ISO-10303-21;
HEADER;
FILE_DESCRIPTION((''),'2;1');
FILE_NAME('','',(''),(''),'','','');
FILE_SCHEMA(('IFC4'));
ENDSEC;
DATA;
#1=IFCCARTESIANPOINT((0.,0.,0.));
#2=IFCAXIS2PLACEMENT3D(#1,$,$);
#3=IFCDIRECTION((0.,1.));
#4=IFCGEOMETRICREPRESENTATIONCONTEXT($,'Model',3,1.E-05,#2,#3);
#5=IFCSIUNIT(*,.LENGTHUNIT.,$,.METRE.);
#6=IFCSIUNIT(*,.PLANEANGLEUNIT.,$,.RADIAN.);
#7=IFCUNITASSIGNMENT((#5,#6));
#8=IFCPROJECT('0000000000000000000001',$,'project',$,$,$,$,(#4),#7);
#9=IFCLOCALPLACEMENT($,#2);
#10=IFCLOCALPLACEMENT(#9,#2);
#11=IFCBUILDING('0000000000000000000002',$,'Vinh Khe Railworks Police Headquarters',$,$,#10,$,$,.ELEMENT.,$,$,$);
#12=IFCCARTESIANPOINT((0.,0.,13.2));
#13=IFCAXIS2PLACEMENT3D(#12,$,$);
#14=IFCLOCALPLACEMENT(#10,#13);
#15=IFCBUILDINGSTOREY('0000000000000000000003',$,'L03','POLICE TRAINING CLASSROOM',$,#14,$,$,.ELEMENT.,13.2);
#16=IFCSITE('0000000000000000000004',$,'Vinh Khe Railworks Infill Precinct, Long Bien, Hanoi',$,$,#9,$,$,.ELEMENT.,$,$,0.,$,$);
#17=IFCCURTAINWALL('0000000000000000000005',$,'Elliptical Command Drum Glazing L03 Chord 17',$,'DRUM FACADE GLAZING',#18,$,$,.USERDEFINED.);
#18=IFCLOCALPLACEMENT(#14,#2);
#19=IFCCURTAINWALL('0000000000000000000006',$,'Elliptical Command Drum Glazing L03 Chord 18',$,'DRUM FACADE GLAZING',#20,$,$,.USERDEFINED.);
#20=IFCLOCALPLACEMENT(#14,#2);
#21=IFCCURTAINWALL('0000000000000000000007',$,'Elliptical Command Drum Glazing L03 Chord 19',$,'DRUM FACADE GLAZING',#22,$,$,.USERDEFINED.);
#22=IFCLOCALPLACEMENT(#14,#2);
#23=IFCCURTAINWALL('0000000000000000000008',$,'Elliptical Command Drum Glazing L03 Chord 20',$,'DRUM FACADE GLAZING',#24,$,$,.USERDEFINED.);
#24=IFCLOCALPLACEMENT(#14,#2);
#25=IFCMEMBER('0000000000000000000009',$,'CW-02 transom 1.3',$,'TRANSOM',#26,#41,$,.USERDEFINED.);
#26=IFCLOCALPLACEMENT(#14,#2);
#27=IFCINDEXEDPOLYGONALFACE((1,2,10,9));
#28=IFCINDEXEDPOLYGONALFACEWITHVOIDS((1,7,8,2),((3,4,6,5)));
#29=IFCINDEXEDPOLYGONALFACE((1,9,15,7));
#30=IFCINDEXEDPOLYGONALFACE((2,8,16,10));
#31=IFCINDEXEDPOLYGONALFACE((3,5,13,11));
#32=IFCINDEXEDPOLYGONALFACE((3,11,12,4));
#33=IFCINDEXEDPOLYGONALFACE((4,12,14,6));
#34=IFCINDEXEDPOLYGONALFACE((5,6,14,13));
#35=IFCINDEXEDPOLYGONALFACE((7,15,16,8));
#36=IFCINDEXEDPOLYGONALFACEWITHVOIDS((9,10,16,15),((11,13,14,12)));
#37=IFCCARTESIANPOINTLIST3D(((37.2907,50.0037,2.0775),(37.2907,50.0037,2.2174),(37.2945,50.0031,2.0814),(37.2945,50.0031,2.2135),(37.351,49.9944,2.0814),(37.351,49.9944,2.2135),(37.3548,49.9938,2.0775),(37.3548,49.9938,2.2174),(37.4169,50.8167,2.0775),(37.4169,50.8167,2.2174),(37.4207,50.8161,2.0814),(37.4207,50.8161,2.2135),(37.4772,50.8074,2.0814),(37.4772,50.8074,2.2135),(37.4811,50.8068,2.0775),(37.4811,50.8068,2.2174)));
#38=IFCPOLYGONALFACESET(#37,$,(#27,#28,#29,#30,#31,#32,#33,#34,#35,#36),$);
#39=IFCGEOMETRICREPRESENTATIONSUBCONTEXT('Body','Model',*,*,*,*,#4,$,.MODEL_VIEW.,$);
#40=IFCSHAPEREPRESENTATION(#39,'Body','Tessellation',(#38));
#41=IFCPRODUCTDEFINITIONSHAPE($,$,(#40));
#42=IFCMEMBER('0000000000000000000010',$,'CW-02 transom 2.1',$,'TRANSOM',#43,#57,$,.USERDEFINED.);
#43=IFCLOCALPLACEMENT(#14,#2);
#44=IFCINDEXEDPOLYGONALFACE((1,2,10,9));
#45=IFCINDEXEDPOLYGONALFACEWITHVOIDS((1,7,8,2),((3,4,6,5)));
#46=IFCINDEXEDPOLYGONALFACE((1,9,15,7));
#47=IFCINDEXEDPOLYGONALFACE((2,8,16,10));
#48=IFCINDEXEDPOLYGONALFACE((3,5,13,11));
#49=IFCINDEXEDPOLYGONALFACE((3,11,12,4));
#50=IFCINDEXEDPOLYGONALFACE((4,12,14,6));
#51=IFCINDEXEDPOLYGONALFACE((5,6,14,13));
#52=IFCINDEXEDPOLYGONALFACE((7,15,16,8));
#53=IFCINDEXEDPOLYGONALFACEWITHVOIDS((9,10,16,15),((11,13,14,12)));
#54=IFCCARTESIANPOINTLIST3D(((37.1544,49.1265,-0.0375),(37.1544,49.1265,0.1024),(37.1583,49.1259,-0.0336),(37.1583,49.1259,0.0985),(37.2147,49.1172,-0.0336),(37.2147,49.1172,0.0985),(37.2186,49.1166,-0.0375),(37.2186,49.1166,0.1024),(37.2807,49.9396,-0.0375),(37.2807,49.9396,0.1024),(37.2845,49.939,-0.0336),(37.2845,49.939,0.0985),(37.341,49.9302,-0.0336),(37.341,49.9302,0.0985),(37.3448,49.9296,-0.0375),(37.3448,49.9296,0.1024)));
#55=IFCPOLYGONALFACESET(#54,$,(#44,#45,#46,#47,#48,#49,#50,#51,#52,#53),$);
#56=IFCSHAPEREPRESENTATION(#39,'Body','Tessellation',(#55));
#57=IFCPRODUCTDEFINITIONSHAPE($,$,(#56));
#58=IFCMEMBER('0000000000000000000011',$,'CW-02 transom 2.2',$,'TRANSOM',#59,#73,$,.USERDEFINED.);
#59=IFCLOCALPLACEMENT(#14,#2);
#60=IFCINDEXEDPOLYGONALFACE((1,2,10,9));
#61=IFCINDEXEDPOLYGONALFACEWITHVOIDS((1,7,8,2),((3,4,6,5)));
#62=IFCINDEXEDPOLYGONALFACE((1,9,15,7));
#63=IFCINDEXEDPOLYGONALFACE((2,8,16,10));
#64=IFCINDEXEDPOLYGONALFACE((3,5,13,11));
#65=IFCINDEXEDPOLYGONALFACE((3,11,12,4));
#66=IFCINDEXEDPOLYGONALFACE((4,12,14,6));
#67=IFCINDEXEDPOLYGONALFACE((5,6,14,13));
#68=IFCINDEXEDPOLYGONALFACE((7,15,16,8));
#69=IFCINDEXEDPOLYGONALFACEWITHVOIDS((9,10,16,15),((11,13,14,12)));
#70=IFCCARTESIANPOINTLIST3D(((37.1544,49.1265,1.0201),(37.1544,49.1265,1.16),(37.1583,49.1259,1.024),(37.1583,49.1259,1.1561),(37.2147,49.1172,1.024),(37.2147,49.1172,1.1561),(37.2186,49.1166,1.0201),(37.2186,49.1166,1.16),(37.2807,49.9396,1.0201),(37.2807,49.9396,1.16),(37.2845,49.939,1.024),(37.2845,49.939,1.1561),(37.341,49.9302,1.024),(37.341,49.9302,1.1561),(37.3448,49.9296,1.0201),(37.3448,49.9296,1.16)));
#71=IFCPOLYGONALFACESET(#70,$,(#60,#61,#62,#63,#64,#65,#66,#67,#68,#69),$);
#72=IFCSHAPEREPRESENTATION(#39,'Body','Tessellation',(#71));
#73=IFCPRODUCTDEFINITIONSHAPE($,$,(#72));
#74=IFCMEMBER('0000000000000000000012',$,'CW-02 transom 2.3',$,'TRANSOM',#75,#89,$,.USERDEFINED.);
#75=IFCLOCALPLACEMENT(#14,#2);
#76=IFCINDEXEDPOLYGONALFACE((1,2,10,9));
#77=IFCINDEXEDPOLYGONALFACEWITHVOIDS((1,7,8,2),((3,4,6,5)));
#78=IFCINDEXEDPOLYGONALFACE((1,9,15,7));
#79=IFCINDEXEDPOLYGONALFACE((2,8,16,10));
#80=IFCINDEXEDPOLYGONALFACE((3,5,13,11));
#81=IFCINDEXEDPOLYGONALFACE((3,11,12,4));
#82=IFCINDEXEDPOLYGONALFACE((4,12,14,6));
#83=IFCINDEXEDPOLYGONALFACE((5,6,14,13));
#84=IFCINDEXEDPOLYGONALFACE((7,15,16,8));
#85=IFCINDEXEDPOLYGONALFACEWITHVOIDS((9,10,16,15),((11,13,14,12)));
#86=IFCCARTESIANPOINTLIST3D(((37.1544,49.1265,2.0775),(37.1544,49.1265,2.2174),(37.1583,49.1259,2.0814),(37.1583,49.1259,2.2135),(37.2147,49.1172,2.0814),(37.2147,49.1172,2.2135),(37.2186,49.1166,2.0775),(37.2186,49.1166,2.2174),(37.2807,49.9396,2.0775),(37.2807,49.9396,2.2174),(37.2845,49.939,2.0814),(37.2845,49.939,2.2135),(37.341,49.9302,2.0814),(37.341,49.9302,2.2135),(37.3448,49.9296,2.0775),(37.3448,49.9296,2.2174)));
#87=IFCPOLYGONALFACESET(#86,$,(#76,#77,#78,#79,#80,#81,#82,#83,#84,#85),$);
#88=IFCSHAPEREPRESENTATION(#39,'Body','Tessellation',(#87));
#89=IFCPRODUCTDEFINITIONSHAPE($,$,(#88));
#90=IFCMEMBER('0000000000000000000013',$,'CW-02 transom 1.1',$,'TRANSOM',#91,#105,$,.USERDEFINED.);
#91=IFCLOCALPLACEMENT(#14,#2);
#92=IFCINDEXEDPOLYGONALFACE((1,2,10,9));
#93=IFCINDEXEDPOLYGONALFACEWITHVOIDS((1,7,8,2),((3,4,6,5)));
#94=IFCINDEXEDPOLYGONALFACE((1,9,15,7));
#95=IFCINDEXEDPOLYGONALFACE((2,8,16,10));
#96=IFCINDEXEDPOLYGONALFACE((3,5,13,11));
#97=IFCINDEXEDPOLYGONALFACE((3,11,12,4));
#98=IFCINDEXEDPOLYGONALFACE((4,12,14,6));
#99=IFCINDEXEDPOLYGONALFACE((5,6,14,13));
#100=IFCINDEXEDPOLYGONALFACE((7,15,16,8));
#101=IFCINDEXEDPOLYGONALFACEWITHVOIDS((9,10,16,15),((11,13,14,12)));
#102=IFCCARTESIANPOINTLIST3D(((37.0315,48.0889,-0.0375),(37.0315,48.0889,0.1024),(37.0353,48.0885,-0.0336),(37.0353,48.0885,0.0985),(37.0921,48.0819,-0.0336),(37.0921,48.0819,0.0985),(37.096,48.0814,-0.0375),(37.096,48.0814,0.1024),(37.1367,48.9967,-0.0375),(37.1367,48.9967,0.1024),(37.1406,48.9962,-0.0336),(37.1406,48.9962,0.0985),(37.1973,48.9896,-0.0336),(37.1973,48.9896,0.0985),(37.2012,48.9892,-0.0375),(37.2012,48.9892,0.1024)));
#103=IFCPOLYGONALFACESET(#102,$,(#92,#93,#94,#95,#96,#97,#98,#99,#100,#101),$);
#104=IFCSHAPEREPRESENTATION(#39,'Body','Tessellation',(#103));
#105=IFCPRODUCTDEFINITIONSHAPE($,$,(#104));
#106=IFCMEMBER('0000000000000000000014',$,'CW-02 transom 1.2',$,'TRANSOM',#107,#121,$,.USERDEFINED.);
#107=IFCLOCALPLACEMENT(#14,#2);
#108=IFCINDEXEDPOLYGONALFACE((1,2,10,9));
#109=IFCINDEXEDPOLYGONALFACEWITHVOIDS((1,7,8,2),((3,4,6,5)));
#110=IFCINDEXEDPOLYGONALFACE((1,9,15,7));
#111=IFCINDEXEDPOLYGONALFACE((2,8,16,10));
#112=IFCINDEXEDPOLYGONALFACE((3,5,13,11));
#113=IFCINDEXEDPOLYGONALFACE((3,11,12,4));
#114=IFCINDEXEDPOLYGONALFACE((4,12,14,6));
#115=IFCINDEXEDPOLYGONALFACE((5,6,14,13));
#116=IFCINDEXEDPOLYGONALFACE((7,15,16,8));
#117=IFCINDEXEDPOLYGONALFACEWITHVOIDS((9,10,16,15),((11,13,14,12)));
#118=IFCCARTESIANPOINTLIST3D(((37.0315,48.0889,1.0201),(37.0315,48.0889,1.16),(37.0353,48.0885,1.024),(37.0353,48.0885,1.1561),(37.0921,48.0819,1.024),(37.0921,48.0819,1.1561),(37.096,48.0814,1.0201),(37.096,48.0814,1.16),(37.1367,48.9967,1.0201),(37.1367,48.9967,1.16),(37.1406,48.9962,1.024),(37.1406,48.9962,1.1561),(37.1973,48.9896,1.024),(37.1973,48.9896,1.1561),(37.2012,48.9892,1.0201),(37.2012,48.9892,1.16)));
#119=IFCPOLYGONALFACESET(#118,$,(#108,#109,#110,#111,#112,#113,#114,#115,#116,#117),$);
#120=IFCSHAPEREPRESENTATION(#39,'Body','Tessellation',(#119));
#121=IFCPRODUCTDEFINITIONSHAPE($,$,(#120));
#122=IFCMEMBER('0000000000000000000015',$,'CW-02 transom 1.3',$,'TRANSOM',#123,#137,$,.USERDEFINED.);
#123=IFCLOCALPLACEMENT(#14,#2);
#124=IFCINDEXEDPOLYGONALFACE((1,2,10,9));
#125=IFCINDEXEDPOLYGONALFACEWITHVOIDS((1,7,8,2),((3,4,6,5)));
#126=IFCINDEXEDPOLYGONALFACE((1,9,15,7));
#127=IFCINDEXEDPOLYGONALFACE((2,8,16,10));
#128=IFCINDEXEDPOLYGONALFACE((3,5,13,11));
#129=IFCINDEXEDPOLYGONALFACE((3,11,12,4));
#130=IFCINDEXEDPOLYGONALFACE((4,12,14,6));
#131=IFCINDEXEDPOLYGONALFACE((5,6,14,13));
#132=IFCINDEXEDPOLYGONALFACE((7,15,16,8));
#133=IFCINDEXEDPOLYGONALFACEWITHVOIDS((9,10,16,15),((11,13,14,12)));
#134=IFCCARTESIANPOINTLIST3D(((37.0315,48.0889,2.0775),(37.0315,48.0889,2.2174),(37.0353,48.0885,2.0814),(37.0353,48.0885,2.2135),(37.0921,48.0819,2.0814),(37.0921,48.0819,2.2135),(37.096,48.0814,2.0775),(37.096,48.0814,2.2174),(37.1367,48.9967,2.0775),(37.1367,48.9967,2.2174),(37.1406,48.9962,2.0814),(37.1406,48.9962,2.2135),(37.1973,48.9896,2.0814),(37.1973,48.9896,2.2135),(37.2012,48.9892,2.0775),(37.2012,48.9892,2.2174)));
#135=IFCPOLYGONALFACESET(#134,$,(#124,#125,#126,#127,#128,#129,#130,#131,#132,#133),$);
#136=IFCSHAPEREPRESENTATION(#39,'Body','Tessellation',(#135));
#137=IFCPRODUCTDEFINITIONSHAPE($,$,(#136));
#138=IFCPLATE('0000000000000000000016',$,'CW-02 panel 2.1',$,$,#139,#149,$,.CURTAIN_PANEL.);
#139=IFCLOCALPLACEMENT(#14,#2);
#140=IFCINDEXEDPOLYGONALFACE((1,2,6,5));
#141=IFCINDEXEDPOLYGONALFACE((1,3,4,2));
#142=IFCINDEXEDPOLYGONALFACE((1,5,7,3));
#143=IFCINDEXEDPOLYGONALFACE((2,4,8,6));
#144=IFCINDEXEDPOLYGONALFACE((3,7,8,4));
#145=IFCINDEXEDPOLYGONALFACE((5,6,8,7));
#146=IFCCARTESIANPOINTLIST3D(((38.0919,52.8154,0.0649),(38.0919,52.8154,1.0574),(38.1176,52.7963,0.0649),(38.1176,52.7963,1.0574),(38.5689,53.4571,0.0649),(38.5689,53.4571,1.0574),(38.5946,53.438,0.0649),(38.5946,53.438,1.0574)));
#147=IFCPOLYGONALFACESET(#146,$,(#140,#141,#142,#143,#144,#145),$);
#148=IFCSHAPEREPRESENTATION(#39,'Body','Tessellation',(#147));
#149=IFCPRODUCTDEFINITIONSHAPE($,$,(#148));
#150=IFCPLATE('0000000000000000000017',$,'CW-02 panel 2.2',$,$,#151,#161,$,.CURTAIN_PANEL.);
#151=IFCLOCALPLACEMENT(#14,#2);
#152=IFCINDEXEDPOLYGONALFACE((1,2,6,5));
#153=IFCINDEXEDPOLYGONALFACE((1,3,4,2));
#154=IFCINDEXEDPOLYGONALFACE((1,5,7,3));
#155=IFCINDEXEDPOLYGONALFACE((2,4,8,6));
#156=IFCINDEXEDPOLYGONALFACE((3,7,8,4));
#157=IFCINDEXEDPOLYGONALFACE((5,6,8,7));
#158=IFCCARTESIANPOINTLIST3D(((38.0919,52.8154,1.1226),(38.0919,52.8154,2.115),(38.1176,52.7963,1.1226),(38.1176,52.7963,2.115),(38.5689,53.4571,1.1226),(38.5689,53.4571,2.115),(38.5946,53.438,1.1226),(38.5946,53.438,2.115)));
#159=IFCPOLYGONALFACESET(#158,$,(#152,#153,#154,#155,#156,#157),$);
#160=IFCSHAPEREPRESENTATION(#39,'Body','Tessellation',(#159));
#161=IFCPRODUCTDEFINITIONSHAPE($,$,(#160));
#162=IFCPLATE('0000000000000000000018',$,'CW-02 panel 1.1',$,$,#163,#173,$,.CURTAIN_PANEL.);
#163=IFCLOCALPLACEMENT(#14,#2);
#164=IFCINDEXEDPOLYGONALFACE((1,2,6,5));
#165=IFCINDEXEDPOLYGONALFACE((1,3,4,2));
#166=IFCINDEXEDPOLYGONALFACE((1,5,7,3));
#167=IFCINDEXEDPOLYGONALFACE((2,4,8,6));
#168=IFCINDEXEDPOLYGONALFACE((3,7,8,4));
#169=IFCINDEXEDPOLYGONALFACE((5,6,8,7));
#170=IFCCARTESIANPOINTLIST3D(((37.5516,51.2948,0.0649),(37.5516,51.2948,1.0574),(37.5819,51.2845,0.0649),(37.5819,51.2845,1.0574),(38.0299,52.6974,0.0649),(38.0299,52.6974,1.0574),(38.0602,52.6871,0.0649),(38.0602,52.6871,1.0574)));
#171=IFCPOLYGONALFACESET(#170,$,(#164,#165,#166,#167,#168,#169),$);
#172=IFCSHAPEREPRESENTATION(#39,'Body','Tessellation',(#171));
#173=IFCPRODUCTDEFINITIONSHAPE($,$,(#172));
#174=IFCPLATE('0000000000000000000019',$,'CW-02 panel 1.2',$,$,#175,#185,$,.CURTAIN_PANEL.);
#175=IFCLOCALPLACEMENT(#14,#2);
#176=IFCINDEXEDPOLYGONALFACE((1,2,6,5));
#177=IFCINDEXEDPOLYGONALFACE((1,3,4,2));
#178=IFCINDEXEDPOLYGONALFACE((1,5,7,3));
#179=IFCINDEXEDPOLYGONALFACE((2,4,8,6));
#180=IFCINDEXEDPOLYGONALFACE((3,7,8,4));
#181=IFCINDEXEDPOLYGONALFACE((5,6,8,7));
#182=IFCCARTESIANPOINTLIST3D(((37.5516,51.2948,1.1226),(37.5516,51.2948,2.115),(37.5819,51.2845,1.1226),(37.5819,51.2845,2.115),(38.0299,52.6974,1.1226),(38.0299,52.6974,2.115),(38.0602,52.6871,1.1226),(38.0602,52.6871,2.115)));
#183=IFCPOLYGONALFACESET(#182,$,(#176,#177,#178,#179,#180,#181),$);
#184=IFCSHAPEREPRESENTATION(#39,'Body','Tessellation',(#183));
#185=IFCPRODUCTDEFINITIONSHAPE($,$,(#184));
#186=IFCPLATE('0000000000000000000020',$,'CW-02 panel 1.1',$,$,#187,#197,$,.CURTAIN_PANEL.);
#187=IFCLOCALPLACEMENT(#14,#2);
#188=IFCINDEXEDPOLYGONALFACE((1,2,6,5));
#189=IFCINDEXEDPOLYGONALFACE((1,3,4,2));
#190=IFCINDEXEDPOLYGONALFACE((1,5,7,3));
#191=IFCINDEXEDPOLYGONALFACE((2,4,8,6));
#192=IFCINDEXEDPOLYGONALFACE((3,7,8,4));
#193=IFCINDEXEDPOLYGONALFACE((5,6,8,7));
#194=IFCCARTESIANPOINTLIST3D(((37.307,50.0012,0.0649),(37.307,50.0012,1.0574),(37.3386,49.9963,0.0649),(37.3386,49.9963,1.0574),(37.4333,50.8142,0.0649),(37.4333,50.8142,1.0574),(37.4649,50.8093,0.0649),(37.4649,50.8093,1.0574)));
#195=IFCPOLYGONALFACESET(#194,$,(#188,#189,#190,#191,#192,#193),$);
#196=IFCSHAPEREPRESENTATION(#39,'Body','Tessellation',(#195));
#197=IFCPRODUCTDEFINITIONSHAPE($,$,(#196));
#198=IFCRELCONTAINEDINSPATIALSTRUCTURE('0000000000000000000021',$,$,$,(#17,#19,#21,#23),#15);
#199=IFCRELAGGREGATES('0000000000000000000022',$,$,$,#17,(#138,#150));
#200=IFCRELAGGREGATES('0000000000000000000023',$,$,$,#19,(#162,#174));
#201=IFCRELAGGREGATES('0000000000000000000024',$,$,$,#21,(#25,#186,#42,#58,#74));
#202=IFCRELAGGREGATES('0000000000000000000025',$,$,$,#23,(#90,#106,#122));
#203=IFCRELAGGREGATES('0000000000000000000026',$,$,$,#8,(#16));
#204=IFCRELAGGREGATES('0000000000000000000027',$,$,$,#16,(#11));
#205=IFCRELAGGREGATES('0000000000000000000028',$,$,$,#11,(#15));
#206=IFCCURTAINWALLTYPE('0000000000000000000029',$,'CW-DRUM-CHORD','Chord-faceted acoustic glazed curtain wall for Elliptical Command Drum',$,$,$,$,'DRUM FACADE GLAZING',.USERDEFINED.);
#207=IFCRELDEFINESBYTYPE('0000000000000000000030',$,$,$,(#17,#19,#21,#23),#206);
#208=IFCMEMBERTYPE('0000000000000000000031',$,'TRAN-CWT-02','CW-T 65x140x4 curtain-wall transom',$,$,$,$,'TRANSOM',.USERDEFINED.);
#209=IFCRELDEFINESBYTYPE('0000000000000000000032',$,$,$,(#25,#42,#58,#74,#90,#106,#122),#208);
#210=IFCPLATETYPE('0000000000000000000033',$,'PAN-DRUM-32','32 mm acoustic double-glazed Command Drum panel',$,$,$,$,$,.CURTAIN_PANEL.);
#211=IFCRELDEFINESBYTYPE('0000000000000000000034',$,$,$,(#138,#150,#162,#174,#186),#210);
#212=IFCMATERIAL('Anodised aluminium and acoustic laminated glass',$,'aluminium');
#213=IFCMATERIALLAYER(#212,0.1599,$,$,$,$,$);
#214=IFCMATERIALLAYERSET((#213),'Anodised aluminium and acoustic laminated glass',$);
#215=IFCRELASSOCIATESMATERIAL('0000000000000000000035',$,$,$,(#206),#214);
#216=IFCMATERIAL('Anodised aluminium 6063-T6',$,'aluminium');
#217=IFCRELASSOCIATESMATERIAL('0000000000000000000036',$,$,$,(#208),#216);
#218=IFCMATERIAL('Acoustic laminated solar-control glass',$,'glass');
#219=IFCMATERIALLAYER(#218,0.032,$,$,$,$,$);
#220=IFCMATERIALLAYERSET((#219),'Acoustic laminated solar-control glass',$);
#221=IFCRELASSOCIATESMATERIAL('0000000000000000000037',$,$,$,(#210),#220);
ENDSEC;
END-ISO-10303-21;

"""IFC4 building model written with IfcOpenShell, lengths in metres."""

from ifc_helpers import new_model, si_unit, direction, frame, origin, origin_2d, place, context, subcontext, project, spatial, rectangle, hollow_rectangle, extrude, material, layer, layer_set, material_profile, profile_set, type_object, element, aggregate, save


model = new_model("IFC4")

# Units and contexts
model_context = context("Model", 3, precision=1e-05, world=origin(), true_north=direction((0.0, 1.0)))
body_context = subcontext(model_context, "Body", "Model", "MODEL_VIEW")
ifc_project = project(units=[si_unit("LENGTHUNIT", "METRE"), si_unit("PLANEANGLEUNIT", "RADIAN")], contexts=[model_context])

# Site, building, storey
site_placement = place(None, origin())
site = spatial("IfcSite", under=ifc_project, at=site_placement, Name="Vinh Khe Railworks Infill Precinct, Long Bien, Hanoi", CompositionType="ELEMENT", RefElevation=0.0)
building_placement = place(site_placement, origin())
building = spatial("IfcBuilding", under=site, at=building_placement, Name="Vinh Khe Railworks Police Headquarters", CompositionType="ELEMENT")
storey_placement = place(building_placement, frame((0.0, 0.0, 13.2)))
storey = spatial("IfcBuildingStorey", under=building, at=storey_placement, Name="L03", Description="POLICE TRAINING CLASSROOM", CompositionType="ELEMENT", Elevation=13.2)

# Curtain wall
ifc_material_1 = material(Name="Anodised aluminium and acoustic laminated glass", Category="aluminium")
ifc_layer_1 = layer(ifc_material_1, 0.1599)
ifc_layer_set_1 = layer_set([ifc_layer_1], Name="Anodised aluminium and acoustic laminated glass")
curtain_wall_type = type_object("IfcCurtainWallType", Name="CW-DRUM-CHORD", Description="Chord-faceted acoustic glazed curtain wall for Elliptical Command Drum", ElementType="DRUM FACADE GLAZING", PredefinedType="USERDEFINED", material=ifc_layer_set_1)
curtain_wall_1_placement = place(storey_placement, origin())
curtain_wall_1 = element("IfcCurtainWall", 1, at=curtain_wall_1_placement, inside=storey, type_object=curtain_wall_type, Name="Elliptical Command Drum Glazing L03 Chord 17", ObjectType="DRUM FACADE GLAZING", PredefinedType="USERDEFINED")
ifc_material_2 = material(Name="Anodised aluminium 6063-T6", Category="aluminium")

# Curtain walls
curtain_wall_2_placement = place(storey_placement, origin())
curtain_wall_2 = element("IfcCurtainWall", 2, at=curtain_wall_2_placement, inside=storey, type_object=curtain_wall_type, Name="Elliptical Command Drum Glazing L03 Chord 18", ObjectType="DRUM FACADE GLAZING", PredefinedType="USERDEFINED")
curtain_wall_3_placement = place(storey_placement, origin())
curtain_wall_3 = element("IfcCurtainWall", 3, at=curtain_wall_3_placement, inside=storey, type_object=curtain_wall_type, Name="Elliptical Command Drum Glazing L03 Chord 19", ObjectType="DRUM FACADE GLAZING", PredefinedType="USERDEFINED")

# Curtain wall
curtain_wall_4_placement = place(storey_placement, origin())
curtain_wall_4 = element("IfcCurtainWall", 4, at=curtain_wall_4_placement, inside=storey, type_object=curtain_wall_type, Name="Elliptical Command Drum Glazing L03 Chord 20", ObjectType="DRUM FACADE GLAZING", PredefinedType="USERDEFINED")

# Members
ifc_material_profile_1 = material_profile(ifc_material_2, hollow_rectangle(XDim=0.0649, YDim=0.1399, WallThickness=0.0039, at=origin_2d()), Name="CW-T 65x140x4")
ifc_profile_set_1 = profile_set([ifc_material_profile_1], Name="Anodised aluminium 6063-T6")
member_type_1 = type_object("IfcMemberType", Name="TRAN-CWT-02", Description="CW-T 65x140x4 curtain-wall transom", ElementType="TRANSOM", PredefinedType="USERDEFINED", material=ifc_profile_set_1)
member_1_placement = place(storey_placement, frame((37.449, 50.8118, 2.1475), z_axis=(-0.153417, -0.988161, 0.0), x_axis=(0.988161, -0.153417, 0.0)))
member_1 = element("IfcMember", 5, at=member_1_placement, type_object=member_type_1, Name="CW-02 transom 1.3", ObjectType="TRANSOM", PredefinedType="USERDEFINED", context=body_context, shape_type="SweptSolid", body=[
    extrude(hollow_rectangle(XDim=0.0649, YDim=0.1399, WallThickness=0.0039, at=origin_2d()), origin(), (0.0, 0.0, 1.0), 0.8228),
])
member_2_placement = place(storey_placement, frame((37.3127, 49.9346, 0.0325), z_axis=(-0.153417, -0.988161, 0.0), x_axis=(0.988161, -0.153417, 0.0)))
member_2 = element("IfcMember", 6, at=member_2_placement, type_object=member_type_1, Name="CW-02 transom 2.1", ObjectType="TRANSOM", PredefinedType="USERDEFINED", context=body_context, shape_type="SweptSolid", body=[
    extrude(hollow_rectangle(XDim=0.0649, YDim=0.1399, WallThickness=0.0039, at=origin_2d()), origin(), (0.0, 0.0, 1.0), 0.8228),
])
member_3_placement = place(storey_placement, frame((37.3127, 49.9346, 1.0901), z_axis=(-0.153417, -0.988161, 0.0), x_axis=(0.988161, -0.153417, 0.0)))
member_3 = element("IfcMember", 7, at=member_3_placement, type_object=member_type_1, Name="CW-02 transom 2.2", ObjectType="TRANSOM", PredefinedType="USERDEFINED", context=body_context, shape_type="SweptSolid", body=[
    extrude(hollow_rectangle(XDim=0.0649, YDim=0.1399, WallThickness=0.0039, at=origin_2d()), origin(), (0.0, 0.0, 1.0), 0.8228),
])
member_4_placement = place(storey_placement, frame((37.3127, 49.9346, 2.1475), z_axis=(-0.153417, -0.988161, 0.0), x_axis=(0.988161, -0.153417, 0.0)))
member_4 = element("IfcMember", 8, at=member_4_placement, type_object=member_type_1, Name="CW-02 transom 2.3", ObjectType="TRANSOM", PredefinedType="USERDEFINED", context=body_context, shape_type="SweptSolid", body=[
    extrude(hollow_rectangle(XDim=0.0649, YDim=0.1399, WallThickness=0.0039, at=origin_2d()), origin(), (0.0, 0.0, 1.0), 0.8228),
])
member_5_placement = place(storey_placement, frame((37.1689, 48.9929, 0.0325), z_axis=(-0.115151, -0.993348, 0.0), x_axis=(0.993348, -0.115151, 0.0)))
member_5 = element("IfcMember", 9, at=member_5_placement, type_object=member_type_1, Name="CW-02 transom 1.1", ObjectType="TRANSOM", PredefinedType="USERDEFINED", context=body_context, shape_type="SweptSolid", body=[
    extrude(hollow_rectangle(XDim=0.0649, YDim=0.1399, WallThickness=0.0039, at=origin_2d()), origin(), (0.0, 0.0, 1.0), 0.9138),
])
member_6_placement = place(storey_placement, frame((37.1689, 48.9929, 1.0901), z_axis=(-0.115151, -0.993348, 0.0), x_axis=(0.993348, -0.115151, 0.0)))
member_6 = element("IfcMember", 10, at=member_6_placement, type_object=member_type_1, Name="CW-02 transom 1.2", ObjectType="TRANSOM", PredefinedType="USERDEFINED", context=body_context, shape_type="SweptSolid", body=[
    extrude(hollow_rectangle(XDim=0.0649, YDim=0.1399, WallThickness=0.0039, at=origin_2d()), origin(), (0.0, 0.0, 1.0), 0.9138),
])
member_7_placement = place(storey_placement, frame((37.1689, 48.9929, 2.1475), z_axis=(-0.115151, -0.993348, 0.0), x_axis=(0.993348, -0.115151, 0.0)))
member_7 = element("IfcMember", 11, at=member_7_placement, type_object=member_type_1, Name="CW-02 transom 1.3", ObjectType="TRANSOM", PredefinedType="USERDEFINED", context=body_context, shape_type="SweptSolid", body=[
    extrude(hollow_rectangle(XDim=0.0649, YDim=0.1399, WallThickness=0.0039, at=origin_2d()), origin(), (0.0, 0.0, 1.0), 0.9138),
])

# Plates
ifc_material_3 = material(Name="Acoustic laminated solar-control glass", Category="glass")
ifc_layer_2 = layer(ifc_material_3, 0.032)
ifc_layer_set_2 = layer_set([ifc_layer_2], Name="Acoustic laminated solar-control glass")
plate_type_1 = type_object("IfcPlateType", Name="PAN-DRUM-32", Description="32 mm acoustic double-glazed Command Drum panel", PredefinedType="CURTAIN_PANEL", material=ifc_layer_set_2)
plate_1_placement = place(storey_placement, frame((38.3433, 53.1267, 0.0649), z_axis=(0.0, 0.0, 1.0), x_axis=(-0.596528, -0.802592, 0.0)))
plate_1 = element("IfcPlate", 12, at=plate_1_placement, type_object=plate_type_1, Name="CW-02 panel 2.1", PredefinedType="CURTAIN_PANEL", context=body_context, shape_type="SweptSolid", body=[
    extrude(rectangle(XDim=0.7996, YDim=0.032, at=origin_2d()), origin(), (0.0, 0.0, 1.0), 0.9924),
])
plate_2_placement = place(storey_placement, frame((38.3433, 53.1267, 1.1226), z_axis=(0.0, 0.0, 1.0), x_axis=(-0.596528, -0.802592, 0.0)))
plate_2 = element("IfcPlate", 13, at=plate_2_placement, type_object=plate_type_1, Name="CW-02 panel 2.2", PredefinedType="CURTAIN_PANEL", context=body_context, shape_type="SweptSolid", body=[
    extrude(rectangle(XDim=0.7996, YDim=0.032, at=origin_2d()), origin(), (0.0, 0.0, 1.0), 0.9924),
])
aggregate(curtain_wall_1, [plate_1, plate_2])
plate_3_placement = place(storey_placement, frame((37.8059, 51.991, 0.0649), z_axis=(0.0, 0.0, 1.0), x_axis=(-0.322749, -0.946485, 0.0)))
plate_3 = element("IfcPlate", 14, at=plate_3_placement, type_object=plate_type_1, Name="CW-02 panel 1.1", PredefinedType="CURTAIN_PANEL", context=body_context, shape_type="SweptSolid", body=[
    extrude(rectangle(XDim=1.4819, YDim=0.032, at=origin_2d()), origin(), (0.0, 0.0, 1.0), 0.9924),
])
plate_4_placement = place(storey_placement, frame((37.8059, 51.991, 1.1226), z_axis=(0.0, 0.0, 1.0), x_axis=(-0.322749, -0.946485, 0.0)))
plate_4 = element("IfcPlate", 15, at=plate_4_placement, type_object=plate_type_1, Name="CW-02 panel 1.2", PredefinedType="CURTAIN_PANEL", context=body_context, shape_type="SweptSolid", body=[
    extrude(rectangle(XDim=1.4819, YDim=0.032, at=origin_2d()), origin(), (0.0, 0.0, 1.0), 0.9924),
])
aggregate(curtain_wall_2, [plate_3, plate_4])
plate_5_placement = place(storey_placement, frame((37.386, 50.4053, 0.0649), z_axis=(0.0, 0.0, 1.0), x_axis=(-0.153489, -0.98815, 0.0)))
plate_5 = element("IfcPlate", 16, at=plate_5_placement, type_object=plate_type_1, Name="CW-02 panel 1.1", PredefinedType="CURTAIN_PANEL", context=body_context, shape_type="SweptSolid", body=[
    extrude(rectangle(XDim=0.8228, YDim=0.032, at=origin_2d()), origin(), (0.0, 0.0, 1.0), 0.9924),
])
aggregate(curtain_wall_3, [member_1, plate_5, member_2, member_3, member_4])
aggregate(curtain_wall_4, [member_5, member_6, member_7])

save(model, "model.ifc")
